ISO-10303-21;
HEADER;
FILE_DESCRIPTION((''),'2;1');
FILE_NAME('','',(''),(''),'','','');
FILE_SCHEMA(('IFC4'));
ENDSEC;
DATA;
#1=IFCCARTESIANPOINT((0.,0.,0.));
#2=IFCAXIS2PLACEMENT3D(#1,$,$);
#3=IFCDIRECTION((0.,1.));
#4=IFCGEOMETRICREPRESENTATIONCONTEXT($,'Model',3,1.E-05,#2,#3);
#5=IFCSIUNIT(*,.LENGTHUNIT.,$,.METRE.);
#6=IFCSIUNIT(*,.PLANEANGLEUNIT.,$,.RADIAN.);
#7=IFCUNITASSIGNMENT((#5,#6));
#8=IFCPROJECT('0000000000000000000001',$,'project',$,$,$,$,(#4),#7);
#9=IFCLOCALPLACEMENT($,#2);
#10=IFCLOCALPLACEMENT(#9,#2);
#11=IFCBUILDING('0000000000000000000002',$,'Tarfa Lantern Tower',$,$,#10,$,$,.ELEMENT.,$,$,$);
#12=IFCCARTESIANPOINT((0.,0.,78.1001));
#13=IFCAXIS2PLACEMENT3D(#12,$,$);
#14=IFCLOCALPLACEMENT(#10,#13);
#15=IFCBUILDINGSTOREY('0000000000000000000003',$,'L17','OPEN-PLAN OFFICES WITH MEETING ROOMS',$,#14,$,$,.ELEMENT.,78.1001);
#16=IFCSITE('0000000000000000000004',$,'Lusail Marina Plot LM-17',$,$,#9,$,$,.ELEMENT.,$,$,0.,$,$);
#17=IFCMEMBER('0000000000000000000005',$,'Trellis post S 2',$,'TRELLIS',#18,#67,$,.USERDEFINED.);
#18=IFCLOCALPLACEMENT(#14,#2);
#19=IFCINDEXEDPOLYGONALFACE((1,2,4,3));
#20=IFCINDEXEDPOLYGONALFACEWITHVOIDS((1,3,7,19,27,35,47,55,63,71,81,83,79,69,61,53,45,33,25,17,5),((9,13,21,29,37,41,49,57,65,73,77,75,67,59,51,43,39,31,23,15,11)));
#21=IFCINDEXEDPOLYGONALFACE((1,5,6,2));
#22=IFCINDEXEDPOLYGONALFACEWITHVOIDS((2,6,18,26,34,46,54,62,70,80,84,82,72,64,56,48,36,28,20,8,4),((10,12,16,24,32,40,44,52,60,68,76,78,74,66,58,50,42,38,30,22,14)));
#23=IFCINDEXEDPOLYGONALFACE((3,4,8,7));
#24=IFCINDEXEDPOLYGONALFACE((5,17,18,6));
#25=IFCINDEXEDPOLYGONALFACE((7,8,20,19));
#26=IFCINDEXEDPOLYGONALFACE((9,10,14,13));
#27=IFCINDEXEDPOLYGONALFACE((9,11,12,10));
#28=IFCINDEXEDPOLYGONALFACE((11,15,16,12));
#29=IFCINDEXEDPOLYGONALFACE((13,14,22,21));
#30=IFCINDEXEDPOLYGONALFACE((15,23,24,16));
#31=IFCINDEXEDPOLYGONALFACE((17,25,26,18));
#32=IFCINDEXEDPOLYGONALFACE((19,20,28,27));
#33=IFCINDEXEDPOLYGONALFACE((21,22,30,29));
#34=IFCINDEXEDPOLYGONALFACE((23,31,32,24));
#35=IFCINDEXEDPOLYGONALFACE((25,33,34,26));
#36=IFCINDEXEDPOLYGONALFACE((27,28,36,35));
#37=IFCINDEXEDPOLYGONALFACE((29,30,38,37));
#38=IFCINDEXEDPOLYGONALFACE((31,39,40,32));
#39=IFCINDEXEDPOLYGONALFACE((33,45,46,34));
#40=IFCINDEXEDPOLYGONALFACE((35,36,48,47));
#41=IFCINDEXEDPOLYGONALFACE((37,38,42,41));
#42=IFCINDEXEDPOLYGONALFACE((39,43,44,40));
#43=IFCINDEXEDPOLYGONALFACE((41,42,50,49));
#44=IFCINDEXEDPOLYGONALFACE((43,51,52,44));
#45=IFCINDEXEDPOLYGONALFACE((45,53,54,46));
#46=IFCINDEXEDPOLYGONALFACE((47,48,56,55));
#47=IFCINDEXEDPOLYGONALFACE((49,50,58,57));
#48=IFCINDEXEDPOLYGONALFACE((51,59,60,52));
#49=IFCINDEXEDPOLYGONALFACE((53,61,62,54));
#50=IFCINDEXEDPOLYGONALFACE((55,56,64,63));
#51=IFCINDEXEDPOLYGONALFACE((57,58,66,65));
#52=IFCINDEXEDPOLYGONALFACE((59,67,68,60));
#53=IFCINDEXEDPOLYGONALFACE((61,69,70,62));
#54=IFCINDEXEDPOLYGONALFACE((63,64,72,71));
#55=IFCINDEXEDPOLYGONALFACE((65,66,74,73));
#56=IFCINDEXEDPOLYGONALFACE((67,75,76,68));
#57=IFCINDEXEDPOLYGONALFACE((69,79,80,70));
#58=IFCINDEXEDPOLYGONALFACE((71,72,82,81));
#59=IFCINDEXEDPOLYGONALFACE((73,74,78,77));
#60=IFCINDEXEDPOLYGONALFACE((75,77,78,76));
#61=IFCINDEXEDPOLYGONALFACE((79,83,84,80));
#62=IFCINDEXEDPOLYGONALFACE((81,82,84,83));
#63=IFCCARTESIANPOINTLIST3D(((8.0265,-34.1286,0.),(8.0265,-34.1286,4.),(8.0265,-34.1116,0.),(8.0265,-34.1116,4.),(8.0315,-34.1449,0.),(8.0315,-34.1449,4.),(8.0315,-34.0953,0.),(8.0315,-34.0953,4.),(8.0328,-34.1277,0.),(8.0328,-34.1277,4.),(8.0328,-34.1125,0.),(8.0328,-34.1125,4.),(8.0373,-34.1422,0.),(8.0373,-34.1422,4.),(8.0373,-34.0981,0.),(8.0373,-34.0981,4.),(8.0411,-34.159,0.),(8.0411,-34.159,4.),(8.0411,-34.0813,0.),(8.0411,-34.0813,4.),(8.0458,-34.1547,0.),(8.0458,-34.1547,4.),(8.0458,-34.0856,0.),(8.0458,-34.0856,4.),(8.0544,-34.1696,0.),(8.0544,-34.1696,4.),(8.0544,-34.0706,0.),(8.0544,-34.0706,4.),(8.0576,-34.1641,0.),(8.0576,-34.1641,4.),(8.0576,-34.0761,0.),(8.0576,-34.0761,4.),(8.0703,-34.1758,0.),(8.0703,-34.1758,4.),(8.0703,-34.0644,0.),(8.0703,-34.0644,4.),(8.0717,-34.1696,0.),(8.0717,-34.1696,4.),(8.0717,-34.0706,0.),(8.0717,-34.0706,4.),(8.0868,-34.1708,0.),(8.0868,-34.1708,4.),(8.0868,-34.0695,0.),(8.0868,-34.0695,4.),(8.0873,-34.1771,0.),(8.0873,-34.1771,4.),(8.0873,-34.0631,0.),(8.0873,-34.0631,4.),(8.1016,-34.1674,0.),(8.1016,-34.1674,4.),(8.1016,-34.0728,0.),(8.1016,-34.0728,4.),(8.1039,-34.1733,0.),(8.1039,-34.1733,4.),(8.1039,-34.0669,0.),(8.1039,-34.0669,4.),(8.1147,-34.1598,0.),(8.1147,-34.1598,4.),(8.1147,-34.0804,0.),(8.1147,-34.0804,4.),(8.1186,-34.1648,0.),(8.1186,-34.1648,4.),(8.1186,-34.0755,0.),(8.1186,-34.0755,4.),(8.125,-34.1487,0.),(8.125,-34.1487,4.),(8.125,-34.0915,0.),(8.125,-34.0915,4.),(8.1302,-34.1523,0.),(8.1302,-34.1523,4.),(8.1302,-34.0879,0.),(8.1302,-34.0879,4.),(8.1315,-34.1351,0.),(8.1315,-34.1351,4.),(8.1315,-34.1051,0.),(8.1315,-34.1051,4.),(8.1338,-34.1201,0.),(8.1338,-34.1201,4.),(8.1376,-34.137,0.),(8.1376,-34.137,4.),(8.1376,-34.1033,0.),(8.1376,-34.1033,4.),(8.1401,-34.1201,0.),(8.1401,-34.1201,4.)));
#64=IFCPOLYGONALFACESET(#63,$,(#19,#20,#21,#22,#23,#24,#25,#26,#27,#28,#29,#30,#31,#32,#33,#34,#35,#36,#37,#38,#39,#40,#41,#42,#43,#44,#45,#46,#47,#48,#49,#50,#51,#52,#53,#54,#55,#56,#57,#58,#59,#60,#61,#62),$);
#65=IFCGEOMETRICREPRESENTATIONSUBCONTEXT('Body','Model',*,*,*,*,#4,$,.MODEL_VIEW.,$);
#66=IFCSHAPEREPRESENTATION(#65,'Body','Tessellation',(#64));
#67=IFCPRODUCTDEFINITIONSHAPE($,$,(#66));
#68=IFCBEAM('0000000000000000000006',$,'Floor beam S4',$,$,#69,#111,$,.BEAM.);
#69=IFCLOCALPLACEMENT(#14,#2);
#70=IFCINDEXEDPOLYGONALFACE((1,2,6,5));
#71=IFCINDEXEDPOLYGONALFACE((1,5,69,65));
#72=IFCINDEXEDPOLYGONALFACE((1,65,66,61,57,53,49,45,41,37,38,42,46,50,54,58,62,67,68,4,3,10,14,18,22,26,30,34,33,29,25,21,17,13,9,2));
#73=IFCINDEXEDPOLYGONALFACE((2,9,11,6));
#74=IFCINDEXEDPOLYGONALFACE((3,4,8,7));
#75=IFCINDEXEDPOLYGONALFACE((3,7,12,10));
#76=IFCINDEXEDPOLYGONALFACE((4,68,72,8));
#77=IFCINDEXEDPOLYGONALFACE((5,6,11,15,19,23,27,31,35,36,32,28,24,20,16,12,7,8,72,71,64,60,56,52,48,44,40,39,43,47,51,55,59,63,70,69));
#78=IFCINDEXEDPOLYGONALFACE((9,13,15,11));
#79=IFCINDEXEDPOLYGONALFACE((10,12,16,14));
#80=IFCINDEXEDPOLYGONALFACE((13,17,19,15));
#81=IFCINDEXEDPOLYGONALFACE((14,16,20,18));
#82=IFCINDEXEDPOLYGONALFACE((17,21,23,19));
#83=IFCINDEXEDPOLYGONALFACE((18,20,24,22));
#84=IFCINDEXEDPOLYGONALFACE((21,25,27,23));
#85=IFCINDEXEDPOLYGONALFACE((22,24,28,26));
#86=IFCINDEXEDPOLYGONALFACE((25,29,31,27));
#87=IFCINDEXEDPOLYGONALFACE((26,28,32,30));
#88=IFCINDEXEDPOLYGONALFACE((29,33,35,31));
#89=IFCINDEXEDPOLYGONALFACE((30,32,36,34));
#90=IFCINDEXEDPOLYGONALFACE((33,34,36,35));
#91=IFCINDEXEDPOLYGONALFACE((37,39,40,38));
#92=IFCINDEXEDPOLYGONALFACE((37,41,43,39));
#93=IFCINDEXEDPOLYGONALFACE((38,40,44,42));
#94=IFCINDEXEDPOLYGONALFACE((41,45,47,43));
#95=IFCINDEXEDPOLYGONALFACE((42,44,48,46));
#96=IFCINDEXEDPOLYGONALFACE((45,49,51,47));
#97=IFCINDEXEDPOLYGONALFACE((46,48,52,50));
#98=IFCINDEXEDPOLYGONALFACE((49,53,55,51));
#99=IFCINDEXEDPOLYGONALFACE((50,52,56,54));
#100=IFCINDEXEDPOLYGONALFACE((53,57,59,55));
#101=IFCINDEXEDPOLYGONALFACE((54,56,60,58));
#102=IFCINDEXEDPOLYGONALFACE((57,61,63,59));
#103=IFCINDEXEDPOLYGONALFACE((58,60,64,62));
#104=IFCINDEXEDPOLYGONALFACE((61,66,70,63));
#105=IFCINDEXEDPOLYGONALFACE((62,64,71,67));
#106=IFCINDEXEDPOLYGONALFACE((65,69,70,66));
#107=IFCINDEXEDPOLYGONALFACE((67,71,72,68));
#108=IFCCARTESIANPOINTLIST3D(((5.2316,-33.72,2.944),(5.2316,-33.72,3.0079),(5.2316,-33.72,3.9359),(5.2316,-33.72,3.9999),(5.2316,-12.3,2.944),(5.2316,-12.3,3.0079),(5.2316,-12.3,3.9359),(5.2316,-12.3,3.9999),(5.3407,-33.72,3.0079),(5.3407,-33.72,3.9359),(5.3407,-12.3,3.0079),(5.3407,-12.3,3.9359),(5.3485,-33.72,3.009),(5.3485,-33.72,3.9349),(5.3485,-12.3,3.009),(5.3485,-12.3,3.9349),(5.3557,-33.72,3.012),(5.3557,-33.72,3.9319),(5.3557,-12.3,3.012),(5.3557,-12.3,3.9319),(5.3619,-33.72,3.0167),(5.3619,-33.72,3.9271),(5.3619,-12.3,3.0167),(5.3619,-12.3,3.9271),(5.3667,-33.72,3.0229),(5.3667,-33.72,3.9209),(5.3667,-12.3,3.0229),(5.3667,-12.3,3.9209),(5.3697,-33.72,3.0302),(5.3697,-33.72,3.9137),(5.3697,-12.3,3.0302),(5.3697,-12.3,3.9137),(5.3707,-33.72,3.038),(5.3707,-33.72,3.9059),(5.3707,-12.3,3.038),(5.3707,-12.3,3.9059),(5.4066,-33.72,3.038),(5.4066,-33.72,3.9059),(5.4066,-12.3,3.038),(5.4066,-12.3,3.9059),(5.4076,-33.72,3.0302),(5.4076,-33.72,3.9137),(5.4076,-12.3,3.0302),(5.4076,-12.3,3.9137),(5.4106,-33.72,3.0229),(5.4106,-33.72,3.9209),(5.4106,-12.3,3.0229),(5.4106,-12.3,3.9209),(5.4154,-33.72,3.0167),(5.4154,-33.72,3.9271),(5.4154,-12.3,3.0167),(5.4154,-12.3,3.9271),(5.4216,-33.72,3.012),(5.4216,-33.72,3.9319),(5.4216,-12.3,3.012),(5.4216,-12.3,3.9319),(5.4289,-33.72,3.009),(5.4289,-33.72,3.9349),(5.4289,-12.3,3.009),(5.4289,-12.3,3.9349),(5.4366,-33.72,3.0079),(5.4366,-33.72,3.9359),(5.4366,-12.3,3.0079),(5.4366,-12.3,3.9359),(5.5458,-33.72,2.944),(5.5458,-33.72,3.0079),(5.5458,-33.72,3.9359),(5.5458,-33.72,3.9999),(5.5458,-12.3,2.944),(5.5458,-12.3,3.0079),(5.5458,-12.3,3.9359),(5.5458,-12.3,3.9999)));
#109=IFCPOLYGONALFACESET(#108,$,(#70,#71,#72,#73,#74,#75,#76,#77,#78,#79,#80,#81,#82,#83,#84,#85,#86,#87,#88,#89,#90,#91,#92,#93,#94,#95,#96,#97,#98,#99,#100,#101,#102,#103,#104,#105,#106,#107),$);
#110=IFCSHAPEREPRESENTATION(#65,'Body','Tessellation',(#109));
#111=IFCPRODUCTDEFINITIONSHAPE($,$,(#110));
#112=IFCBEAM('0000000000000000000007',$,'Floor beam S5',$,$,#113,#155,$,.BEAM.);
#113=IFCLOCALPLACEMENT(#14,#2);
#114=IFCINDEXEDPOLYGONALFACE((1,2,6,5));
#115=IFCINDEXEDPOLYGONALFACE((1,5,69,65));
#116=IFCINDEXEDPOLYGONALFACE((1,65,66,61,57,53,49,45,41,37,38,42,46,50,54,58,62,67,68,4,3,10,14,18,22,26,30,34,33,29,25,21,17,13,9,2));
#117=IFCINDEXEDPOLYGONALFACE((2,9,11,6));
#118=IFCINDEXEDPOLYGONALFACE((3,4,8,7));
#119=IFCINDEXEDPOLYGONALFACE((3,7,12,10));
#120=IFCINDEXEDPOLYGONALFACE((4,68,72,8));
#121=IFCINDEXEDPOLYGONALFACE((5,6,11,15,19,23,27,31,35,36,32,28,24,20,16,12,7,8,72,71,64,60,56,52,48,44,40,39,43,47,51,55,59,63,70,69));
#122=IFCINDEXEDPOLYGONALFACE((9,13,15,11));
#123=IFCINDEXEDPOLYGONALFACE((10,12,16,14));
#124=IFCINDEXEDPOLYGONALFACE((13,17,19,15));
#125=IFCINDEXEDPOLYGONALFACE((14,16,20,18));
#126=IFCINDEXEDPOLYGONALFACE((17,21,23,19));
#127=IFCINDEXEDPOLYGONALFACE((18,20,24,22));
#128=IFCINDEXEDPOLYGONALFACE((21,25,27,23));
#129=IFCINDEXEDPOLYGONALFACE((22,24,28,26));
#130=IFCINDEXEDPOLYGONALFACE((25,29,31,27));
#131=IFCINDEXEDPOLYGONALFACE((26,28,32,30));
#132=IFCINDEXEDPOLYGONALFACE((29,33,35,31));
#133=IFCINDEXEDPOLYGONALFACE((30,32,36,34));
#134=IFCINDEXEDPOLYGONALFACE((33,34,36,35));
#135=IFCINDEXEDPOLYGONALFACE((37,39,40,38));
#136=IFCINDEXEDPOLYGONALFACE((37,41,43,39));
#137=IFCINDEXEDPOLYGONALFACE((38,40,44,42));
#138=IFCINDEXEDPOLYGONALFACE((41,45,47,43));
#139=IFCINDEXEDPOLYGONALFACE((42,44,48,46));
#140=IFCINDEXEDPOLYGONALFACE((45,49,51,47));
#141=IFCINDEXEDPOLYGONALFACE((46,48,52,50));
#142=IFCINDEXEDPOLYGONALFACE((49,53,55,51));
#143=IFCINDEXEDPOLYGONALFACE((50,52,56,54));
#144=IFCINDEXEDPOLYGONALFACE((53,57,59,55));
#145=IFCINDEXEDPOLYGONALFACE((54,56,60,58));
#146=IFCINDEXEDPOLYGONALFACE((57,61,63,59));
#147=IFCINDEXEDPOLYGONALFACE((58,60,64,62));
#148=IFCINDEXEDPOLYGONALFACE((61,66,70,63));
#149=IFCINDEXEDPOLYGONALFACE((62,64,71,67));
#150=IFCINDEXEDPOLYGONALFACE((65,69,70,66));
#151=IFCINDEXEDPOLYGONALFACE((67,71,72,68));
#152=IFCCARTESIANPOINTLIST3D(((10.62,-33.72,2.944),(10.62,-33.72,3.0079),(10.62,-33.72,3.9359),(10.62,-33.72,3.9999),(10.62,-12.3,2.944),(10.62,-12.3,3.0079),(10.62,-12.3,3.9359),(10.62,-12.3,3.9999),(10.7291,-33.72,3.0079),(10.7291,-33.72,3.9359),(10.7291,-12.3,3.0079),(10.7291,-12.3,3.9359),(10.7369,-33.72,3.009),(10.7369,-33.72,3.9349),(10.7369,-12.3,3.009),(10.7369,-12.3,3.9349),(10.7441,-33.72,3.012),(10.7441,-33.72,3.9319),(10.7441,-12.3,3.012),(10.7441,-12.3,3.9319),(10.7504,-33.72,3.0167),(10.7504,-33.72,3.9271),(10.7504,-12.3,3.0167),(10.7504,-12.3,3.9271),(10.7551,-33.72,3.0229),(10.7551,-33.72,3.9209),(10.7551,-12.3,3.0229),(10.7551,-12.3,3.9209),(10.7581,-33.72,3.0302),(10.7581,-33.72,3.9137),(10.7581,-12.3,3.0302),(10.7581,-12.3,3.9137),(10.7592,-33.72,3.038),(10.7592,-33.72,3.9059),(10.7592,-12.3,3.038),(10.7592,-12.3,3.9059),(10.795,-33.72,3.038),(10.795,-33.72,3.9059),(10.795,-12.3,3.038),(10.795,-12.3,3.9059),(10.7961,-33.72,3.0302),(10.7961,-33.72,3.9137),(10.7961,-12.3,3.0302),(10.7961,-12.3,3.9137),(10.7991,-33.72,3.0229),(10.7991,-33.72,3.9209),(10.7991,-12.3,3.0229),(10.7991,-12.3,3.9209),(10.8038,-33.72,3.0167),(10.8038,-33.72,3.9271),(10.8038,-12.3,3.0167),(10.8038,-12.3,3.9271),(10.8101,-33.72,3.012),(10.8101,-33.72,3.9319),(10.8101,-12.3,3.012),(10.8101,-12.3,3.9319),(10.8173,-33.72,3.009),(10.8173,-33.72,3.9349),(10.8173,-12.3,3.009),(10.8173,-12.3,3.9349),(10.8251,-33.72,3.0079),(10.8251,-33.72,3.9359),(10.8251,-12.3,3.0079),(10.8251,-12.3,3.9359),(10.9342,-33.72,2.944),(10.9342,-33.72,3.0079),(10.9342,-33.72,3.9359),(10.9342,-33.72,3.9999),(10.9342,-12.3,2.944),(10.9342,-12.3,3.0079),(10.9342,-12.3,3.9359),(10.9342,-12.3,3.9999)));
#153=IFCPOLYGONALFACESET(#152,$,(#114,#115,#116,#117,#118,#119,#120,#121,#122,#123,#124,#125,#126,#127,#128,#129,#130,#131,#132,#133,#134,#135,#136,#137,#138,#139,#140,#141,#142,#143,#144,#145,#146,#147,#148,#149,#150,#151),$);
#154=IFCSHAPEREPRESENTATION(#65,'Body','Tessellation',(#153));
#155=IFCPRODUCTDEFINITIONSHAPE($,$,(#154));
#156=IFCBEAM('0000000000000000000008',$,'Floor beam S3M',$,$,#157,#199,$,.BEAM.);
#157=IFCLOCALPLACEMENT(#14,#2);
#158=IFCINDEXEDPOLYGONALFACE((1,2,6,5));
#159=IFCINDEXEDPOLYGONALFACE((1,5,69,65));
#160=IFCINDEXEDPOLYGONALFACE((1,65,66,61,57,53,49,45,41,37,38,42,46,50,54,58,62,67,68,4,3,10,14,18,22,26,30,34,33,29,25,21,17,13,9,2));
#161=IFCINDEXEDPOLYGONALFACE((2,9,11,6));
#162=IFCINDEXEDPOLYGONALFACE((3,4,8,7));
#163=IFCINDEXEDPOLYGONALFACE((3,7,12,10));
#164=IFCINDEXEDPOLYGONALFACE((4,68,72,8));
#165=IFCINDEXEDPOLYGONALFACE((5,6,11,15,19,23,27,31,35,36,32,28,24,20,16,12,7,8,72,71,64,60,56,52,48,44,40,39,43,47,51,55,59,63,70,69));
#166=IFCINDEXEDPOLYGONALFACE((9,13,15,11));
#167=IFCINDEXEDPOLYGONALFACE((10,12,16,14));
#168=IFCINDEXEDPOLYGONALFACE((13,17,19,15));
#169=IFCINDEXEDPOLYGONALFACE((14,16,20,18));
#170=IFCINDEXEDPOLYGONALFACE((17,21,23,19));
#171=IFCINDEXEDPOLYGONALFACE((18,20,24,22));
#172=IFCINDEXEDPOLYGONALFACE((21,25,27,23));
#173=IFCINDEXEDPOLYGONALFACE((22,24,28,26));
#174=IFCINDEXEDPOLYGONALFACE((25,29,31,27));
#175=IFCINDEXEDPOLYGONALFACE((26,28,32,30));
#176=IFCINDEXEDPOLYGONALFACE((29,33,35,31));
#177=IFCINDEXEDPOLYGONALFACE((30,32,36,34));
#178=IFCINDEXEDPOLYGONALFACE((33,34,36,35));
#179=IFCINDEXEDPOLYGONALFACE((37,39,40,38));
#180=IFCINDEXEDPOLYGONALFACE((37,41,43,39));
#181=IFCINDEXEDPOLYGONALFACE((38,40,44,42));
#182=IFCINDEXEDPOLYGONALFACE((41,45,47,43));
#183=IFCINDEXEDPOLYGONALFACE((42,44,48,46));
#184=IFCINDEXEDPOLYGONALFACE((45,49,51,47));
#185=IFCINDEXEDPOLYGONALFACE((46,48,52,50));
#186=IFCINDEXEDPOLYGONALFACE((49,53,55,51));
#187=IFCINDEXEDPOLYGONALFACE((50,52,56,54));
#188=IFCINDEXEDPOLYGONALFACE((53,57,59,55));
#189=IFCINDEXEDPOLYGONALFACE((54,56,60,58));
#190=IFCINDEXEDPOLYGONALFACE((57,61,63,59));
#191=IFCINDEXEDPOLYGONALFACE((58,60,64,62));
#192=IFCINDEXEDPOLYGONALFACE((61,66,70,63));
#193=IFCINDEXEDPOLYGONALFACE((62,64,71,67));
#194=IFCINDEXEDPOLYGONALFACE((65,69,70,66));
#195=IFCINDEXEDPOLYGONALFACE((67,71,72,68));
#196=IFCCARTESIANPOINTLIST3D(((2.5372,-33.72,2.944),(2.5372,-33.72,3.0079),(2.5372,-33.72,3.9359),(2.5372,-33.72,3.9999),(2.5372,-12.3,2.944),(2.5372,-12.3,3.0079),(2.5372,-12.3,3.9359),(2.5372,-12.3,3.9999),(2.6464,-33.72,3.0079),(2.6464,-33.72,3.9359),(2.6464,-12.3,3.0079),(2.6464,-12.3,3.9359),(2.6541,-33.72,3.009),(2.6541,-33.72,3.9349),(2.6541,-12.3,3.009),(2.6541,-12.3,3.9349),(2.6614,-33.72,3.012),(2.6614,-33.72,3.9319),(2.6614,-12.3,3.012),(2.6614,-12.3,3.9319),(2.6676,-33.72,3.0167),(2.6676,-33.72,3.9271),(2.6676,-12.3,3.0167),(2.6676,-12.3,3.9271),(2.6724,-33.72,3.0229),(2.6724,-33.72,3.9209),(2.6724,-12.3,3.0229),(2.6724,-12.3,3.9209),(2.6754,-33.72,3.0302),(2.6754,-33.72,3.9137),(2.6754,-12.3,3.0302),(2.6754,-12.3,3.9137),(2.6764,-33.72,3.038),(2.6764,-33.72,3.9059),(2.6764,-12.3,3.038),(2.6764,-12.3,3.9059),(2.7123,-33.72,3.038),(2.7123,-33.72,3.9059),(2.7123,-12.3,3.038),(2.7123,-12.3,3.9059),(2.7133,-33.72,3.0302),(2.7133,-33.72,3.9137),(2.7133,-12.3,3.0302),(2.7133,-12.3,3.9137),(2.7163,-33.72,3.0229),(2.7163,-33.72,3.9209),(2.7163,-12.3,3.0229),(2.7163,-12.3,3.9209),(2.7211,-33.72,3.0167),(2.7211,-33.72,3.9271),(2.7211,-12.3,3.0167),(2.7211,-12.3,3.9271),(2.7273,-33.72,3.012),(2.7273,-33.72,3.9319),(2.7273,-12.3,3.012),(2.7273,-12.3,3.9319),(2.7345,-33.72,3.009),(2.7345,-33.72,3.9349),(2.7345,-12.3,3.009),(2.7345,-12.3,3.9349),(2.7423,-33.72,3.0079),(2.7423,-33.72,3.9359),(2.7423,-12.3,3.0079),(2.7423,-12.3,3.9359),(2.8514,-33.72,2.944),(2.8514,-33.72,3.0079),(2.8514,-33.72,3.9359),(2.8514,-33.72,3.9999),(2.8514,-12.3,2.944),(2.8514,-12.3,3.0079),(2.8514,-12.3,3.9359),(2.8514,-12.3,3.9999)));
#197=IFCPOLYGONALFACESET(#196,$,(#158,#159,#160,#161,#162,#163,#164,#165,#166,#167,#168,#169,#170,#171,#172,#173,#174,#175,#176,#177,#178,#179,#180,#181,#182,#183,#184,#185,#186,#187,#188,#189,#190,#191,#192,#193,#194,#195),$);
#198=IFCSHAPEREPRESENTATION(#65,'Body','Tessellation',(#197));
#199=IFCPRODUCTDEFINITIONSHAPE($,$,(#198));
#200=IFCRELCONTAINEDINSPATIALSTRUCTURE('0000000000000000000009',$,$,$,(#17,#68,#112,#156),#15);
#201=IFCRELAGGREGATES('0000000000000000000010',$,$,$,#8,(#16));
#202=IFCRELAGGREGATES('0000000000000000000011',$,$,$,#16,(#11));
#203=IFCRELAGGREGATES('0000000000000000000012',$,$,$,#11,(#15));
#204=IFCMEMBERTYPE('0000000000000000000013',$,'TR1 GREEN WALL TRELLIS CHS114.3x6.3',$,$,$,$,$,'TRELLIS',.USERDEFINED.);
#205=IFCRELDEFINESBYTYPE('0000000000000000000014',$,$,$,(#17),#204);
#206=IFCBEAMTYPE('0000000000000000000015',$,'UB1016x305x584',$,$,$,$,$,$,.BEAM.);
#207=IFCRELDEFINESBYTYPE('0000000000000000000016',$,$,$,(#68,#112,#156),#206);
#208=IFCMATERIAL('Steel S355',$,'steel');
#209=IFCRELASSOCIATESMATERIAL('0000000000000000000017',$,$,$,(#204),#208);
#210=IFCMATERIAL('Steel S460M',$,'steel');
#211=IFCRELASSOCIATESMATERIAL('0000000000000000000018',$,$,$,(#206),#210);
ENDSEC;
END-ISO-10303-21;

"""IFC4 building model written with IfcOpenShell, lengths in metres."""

from ifc_helpers import new_model, si_unit, direction, frame, origin, origin_2d, place, context, subcontext, project, spatial, hollow_circle, i_section, extrude, material, material_profile, profile_set, type_object, element, save


model = new_model("IFC4")

# Units and contexts
model_context = context("Model", 3, precision=1e-05, world=origin(), true_north=direction((0.0, 1.0)))
body_context = subcontext(model_context, "Body", "Model", "MODEL_VIEW")
ifc_project = project(units=[si_unit("LENGTHUNIT", "METRE"), si_unit("PLANEANGLEUNIT", "RADIAN")], contexts=[model_context])

# Site, building, storey
site_placement = place(None, origin())
site = spatial("IfcSite", under=ifc_project, at=site_placement, Name="Lusail Marina Plot LM-17", CompositionType="ELEMENT", RefElevation=0.0)
building_placement = place(site_placement, origin())
building = spatial("IfcBuilding", under=site, at=building_placement, Name="Tarfa Lantern Tower", CompositionType="ELEMENT")
storey_placement = place(building_placement, frame((0.0, 0.0, 78.1001)))
storey = spatial("IfcBuildingStorey", under=building, at=storey_placement, Name="L17", Description="OPEN-PLAN OFFICES WITH MEETING ROOMS", CompositionType="ELEMENT", Elevation=78.1001)

# Member
ifc_material_1 = material(Name="Steel S355", Category="steel")
ifc_material_profile_1 = material_profile(ifc_material_1, hollow_circle(Radius=0.0571, WallThickness=0.0063, at=origin_2d()), Name="CHS114.3x6.3")
ifc_profile_set_1 = profile_set([ifc_material_profile_1], Name="Steel S355")
member_type_1 = type_object("IfcMemberType", Name="TR1 GREEN WALL TRELLIS CHS114.3x6.3", ElementType="TRELLIS", PredefinedType="USERDEFINED", material=ifc_profile_set_1)
member_1_placement = place(storey_placement, frame((8.083, -34.1201, 0.0), z_axis=(0.0, 0.0, 1.0), x_axis=(1.0, 0.0, 0.0)))
element("IfcMember", 1, at=member_1_placement, inside=storey, type_object=member_type_1, Name="Trellis post S 2", ObjectType="TRELLIS", PredefinedType="USERDEFINED", context=body_context, shape_type="SweptSolid", body=[
    extrude(hollow_circle(Radius=0.0571, WallThickness=0.0063, at=origin_2d()), origin(), (0.0, 0.0, 1.0), 4.0),
])

# Beams
ifc_material_2 = material(Name="Steel S460M", Category="steel")
ifc_material_profile_2 = material_profile(ifc_material_2, i_section(OverallWidth=0.3142, OverallDepth=1.0559, WebThickness=0.0359, FlangeThickness=0.064, FilletRadius=0.03, at=origin_2d()), Name="UB1016x305x584")
ifc_profile_set_2 = profile_set([ifc_material_profile_2], Name="Steel S460M")
beam_type_1 = type_object("IfcBeamType", Name="UB1016x305x584", PredefinedType="BEAM", material=ifc_profile_set_2)
for number, where, z_axis, x_axis, name in (
    (2, (5.3887, -33.72, 3.4719), (0.0, 1.0, 0.0), (-1.0, 0.0, 0.0), "Floor beam S4"),
    (3, (10.7771, -33.72, 3.4719), (0.0, 1.0, 0.0), (-1.0, 0.0, 0.0), "Floor beam S5"),
    (4, (2.6943, -33.72, 3.4719), (0.0, 1.0, 0.0), (-1.0, 0.0, 0.0), "Floor beam S3M"),
):
    element("IfcBeam", number, at=place(storey_placement, frame(where, z_axis=z_axis, x_axis=x_axis)), inside=storey, type_object=beam_type_1, Name=name, PredefinedType="BEAM", context=body_context, shape_type="SweptSolid", body=[
        extrude(i_section(OverallWidth=0.3142, OverallDepth=1.0559, WebThickness=0.0359, FlangeThickness=0.064, FilletRadius=0.03, at=origin_2d()), origin(), (0.0, 0.0, 1.0), 21.4199),
    ])

save(model, "model.ifc")
